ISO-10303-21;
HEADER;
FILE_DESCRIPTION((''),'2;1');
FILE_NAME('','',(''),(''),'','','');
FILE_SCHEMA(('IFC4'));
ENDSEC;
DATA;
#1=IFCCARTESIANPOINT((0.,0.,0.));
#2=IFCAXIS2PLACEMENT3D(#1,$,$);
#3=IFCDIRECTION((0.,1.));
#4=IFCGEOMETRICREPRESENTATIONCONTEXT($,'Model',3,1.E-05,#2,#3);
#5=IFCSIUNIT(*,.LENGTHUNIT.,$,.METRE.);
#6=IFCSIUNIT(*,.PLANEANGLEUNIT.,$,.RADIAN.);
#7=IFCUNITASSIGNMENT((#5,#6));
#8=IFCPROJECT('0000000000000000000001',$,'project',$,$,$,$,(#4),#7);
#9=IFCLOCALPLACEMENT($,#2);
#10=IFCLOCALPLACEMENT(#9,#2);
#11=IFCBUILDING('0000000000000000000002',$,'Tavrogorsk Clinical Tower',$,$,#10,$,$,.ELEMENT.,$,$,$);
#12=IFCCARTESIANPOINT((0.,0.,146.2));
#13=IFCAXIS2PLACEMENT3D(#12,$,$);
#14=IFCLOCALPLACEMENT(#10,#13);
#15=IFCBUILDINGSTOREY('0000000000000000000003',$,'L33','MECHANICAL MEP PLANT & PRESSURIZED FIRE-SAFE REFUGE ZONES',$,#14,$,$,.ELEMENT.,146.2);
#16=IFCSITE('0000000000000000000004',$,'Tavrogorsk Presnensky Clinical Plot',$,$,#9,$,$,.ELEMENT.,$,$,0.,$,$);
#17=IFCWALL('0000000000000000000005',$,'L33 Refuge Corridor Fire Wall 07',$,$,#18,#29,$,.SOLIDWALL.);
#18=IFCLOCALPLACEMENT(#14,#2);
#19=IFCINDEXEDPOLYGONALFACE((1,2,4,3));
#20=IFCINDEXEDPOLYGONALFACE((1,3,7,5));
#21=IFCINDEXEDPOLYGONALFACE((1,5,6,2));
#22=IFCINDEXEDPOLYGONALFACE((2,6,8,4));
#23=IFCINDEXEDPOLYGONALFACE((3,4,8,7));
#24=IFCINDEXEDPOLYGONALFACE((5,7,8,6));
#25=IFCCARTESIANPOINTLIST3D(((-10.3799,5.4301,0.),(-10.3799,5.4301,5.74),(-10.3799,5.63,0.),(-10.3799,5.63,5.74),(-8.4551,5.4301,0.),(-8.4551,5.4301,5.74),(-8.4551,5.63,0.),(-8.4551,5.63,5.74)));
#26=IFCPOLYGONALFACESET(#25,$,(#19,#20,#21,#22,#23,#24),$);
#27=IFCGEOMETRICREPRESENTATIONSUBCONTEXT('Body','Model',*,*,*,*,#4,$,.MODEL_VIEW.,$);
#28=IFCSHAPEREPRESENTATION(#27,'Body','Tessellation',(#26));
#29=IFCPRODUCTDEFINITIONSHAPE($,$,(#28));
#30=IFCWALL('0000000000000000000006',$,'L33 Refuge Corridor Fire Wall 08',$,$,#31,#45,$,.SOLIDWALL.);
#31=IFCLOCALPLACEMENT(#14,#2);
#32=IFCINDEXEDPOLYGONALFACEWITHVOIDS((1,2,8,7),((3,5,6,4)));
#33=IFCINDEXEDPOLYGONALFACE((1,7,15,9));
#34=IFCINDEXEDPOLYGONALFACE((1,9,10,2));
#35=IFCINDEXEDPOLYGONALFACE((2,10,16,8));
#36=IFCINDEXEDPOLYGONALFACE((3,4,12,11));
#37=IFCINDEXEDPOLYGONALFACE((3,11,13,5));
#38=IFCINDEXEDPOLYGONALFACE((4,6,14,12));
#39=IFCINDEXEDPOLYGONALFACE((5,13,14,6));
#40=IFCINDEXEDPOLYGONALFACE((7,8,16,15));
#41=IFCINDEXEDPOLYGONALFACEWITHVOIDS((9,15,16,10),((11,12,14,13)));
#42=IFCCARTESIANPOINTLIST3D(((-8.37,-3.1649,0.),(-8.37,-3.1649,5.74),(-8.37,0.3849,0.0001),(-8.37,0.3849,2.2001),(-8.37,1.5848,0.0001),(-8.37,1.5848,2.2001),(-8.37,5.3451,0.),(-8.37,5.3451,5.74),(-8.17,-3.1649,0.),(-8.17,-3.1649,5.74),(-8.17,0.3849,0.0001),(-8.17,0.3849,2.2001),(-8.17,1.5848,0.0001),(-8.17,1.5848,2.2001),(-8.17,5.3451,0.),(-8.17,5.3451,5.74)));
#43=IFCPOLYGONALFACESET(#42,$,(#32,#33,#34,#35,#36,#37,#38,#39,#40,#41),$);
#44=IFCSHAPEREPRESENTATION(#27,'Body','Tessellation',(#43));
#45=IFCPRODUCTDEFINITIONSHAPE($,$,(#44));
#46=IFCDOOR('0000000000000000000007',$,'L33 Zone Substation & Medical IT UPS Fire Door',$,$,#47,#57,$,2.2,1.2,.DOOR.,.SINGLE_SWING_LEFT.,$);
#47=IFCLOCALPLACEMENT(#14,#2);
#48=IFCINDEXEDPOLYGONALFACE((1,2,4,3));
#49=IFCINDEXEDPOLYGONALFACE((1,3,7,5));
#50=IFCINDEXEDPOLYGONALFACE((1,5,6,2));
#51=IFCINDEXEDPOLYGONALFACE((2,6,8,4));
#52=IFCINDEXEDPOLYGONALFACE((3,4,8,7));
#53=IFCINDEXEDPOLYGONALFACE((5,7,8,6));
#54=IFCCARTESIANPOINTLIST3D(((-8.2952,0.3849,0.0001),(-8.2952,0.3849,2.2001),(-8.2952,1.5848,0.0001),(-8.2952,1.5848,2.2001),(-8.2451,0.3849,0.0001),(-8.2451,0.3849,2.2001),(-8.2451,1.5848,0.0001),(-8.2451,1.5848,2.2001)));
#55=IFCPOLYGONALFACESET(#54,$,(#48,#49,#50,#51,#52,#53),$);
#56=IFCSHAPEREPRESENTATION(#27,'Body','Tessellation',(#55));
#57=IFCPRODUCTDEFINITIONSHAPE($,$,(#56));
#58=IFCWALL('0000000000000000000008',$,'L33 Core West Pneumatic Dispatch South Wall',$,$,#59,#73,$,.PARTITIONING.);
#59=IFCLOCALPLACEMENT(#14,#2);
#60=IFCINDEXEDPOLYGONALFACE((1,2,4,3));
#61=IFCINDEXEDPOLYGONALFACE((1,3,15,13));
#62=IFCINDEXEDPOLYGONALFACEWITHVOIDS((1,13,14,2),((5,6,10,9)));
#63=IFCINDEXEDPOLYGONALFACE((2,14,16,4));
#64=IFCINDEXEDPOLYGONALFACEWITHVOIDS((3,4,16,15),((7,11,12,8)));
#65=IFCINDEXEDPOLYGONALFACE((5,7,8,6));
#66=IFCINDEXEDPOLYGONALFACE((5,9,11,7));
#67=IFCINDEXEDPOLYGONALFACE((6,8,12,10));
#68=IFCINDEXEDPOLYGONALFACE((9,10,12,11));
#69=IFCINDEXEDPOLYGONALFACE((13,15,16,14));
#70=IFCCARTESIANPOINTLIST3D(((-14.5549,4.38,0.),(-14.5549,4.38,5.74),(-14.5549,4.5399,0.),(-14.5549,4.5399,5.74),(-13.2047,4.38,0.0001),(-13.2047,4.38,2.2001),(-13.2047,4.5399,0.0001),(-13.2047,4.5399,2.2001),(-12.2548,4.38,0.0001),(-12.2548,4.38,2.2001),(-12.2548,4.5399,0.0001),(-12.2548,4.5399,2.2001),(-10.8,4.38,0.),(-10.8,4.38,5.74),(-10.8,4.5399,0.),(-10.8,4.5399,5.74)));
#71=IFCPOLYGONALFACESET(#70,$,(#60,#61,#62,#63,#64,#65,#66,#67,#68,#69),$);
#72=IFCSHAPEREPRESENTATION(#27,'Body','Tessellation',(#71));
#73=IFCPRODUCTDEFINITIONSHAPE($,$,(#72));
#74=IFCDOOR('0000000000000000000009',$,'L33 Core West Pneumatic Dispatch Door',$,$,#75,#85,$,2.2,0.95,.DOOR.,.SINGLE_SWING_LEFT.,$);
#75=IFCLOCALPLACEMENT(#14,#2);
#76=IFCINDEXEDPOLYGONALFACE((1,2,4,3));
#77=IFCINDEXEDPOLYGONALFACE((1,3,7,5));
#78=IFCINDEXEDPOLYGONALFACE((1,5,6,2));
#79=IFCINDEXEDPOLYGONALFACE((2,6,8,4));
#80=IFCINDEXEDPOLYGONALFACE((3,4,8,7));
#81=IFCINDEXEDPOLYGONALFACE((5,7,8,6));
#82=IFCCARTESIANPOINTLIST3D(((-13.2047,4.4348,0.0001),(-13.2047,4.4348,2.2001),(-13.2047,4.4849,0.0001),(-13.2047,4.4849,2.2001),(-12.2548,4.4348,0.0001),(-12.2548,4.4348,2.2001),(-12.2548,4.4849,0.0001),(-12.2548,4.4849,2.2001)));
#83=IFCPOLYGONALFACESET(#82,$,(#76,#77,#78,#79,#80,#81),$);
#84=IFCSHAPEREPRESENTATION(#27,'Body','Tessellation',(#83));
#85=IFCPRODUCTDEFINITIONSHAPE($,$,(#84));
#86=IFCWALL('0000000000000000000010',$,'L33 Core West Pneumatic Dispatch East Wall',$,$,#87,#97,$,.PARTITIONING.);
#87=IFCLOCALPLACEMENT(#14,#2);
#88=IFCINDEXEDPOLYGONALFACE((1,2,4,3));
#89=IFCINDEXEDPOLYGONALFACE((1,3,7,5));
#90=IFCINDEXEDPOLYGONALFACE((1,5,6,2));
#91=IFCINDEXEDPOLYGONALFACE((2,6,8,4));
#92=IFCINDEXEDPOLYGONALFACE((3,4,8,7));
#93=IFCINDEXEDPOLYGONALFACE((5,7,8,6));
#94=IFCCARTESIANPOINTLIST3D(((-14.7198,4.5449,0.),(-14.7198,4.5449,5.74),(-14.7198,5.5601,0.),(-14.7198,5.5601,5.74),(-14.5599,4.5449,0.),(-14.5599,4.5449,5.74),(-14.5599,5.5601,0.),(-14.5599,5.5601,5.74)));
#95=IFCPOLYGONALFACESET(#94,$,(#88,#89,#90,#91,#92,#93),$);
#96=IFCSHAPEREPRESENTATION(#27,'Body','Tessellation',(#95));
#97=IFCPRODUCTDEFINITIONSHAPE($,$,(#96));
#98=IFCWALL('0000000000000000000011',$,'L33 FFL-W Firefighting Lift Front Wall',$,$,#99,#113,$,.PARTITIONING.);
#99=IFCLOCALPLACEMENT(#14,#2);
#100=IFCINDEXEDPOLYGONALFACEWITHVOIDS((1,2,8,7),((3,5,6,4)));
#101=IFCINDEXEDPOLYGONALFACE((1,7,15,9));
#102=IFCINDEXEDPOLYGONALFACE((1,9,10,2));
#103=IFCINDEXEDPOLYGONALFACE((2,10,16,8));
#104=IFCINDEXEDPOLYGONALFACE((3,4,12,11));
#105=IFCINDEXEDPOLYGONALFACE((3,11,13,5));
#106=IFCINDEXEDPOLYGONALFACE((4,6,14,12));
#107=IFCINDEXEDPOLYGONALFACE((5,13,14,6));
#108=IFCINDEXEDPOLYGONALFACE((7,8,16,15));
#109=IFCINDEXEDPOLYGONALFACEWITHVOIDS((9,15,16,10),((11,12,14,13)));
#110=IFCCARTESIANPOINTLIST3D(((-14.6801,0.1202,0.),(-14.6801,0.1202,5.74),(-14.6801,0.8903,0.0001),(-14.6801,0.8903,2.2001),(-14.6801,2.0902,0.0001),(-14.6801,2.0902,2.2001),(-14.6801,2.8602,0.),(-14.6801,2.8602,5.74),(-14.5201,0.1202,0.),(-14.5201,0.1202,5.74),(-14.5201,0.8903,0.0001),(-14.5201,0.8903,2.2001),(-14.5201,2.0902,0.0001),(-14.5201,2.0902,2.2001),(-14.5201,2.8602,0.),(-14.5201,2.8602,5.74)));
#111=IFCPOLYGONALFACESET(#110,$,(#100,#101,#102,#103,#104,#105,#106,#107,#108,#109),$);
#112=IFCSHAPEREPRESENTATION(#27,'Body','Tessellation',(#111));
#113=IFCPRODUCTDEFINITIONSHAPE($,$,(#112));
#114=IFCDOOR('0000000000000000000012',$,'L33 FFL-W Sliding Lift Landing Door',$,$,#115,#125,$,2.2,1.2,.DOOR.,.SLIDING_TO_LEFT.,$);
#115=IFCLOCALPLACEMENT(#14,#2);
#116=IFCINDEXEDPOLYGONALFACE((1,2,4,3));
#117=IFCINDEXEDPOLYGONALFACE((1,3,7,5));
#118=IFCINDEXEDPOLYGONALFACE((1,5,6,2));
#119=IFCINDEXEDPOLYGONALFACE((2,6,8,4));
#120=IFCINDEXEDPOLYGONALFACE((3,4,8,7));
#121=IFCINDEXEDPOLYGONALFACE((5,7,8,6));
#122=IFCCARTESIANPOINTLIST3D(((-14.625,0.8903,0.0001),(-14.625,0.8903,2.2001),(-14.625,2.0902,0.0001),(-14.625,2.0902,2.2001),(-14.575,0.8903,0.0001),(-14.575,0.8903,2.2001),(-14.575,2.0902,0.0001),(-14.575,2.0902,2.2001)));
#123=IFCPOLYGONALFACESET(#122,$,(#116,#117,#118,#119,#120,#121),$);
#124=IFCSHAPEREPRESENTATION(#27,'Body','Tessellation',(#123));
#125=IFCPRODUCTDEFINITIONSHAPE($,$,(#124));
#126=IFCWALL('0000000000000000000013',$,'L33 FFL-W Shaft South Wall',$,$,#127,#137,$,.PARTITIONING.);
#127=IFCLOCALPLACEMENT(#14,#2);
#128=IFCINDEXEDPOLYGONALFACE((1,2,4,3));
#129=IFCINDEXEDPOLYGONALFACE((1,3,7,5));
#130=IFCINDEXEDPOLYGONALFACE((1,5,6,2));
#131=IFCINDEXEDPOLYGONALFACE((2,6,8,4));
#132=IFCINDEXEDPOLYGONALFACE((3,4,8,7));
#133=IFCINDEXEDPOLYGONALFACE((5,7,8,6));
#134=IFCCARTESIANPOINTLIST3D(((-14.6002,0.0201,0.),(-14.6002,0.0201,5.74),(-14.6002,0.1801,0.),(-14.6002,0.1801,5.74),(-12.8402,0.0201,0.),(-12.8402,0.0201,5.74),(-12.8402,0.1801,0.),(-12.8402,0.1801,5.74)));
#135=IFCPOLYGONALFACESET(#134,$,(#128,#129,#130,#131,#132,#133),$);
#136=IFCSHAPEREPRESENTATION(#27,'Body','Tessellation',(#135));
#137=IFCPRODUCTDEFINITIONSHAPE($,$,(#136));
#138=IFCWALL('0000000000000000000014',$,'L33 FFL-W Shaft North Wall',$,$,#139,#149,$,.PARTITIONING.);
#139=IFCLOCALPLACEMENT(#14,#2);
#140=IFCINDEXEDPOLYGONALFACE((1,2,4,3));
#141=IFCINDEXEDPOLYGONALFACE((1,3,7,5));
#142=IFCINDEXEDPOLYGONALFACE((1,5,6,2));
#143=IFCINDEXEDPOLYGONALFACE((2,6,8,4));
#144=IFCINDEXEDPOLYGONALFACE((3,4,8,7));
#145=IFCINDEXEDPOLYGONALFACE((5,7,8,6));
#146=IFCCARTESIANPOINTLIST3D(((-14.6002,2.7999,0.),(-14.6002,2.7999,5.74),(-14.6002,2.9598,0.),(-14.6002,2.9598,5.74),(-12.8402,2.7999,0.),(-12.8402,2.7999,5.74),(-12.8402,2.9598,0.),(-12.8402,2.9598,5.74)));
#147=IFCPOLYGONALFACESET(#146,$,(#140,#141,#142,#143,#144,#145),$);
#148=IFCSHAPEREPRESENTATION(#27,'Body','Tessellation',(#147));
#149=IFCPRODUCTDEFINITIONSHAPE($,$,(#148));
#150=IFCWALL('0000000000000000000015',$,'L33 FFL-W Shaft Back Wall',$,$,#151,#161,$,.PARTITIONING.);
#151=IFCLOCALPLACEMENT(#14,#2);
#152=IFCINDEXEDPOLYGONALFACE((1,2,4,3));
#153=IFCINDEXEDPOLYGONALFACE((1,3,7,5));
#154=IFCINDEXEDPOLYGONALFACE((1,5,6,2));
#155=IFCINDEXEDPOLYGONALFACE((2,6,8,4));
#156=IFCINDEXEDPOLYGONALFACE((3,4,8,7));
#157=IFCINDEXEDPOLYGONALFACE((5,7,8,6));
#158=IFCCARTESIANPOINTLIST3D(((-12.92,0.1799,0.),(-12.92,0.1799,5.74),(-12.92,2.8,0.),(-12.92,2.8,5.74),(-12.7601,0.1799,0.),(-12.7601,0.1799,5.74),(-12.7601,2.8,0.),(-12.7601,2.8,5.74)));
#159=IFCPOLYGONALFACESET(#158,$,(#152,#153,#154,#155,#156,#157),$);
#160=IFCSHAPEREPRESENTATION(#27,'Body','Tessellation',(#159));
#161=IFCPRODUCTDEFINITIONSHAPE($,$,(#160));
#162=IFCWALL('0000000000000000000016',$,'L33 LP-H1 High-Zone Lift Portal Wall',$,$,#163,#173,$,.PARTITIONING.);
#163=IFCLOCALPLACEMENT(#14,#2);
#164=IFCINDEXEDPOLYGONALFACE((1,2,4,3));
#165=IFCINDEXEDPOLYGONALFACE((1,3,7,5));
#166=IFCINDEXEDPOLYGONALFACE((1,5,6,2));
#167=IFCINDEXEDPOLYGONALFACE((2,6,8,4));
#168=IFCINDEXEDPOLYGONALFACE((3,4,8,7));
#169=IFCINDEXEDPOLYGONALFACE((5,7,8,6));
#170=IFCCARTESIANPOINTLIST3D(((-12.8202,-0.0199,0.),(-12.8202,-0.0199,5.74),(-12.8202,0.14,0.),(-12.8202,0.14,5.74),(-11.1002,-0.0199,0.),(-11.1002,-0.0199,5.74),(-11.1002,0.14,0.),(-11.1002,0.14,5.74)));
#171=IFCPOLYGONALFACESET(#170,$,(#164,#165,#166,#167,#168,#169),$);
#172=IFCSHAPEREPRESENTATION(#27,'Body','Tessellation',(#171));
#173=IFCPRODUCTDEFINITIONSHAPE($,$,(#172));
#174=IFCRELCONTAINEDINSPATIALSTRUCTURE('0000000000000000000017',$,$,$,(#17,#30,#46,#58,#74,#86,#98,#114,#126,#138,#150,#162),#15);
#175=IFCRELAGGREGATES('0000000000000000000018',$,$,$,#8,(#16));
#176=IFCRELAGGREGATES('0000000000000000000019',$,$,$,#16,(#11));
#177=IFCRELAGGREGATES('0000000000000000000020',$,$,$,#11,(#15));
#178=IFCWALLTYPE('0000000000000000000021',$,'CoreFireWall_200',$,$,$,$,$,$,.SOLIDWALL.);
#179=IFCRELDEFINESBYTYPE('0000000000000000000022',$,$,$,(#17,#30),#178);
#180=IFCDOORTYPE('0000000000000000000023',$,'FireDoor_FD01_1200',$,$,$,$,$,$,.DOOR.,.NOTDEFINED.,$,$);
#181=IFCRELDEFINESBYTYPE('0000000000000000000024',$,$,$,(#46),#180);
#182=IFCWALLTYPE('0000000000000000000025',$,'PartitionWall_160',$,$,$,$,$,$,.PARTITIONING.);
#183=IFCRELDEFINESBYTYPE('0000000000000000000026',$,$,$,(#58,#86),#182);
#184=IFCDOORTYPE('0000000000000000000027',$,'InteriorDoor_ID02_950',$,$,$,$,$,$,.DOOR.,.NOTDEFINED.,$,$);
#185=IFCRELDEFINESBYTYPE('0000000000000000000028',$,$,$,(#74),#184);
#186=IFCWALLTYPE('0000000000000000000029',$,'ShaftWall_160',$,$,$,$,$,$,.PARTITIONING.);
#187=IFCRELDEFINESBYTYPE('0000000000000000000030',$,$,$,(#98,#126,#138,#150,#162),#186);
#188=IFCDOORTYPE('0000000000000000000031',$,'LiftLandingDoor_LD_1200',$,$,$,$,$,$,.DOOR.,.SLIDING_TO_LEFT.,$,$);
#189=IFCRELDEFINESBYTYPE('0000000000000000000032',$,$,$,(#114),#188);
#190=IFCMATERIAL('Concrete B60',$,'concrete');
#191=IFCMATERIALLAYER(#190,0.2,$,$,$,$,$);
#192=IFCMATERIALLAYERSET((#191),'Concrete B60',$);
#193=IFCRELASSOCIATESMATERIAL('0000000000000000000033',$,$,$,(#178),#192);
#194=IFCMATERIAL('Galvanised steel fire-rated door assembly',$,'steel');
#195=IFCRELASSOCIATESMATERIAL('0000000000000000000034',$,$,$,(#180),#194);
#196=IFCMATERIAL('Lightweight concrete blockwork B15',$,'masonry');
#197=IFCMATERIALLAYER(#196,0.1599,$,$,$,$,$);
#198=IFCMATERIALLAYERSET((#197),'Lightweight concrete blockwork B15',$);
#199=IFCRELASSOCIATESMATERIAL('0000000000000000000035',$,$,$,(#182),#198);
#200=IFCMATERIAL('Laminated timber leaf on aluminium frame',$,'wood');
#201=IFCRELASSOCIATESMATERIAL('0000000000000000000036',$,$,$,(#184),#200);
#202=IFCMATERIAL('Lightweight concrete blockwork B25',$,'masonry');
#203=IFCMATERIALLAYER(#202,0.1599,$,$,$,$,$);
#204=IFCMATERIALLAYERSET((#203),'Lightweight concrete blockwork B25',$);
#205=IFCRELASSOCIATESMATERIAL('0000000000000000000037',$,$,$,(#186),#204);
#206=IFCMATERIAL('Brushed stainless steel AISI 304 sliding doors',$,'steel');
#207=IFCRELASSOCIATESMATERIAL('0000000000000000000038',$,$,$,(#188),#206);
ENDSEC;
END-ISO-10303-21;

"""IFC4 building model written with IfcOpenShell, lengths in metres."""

from ifc_helpers import new_model, si_unit, direction, frame, frame_2d, origin, place, context, subcontext, project, spatial, rectangle, extrude, material, layer, layer_set, type_object, element, fill, save


model = new_model("IFC4")

# Units and contexts
model_context = context("Model", 3, precision=1e-05, world=origin(), true_north=direction((0.0, 1.0)))
body_context = subcontext(model_context, "Body", "Model", "MODEL_VIEW")
ifc_project = project(units=[si_unit("LENGTHUNIT", "METRE"), si_unit("PLANEANGLEUNIT", "RADIAN")], contexts=[model_context])

# Site, building, storey
site_placement = place(None, origin())
site = spatial("IfcSite", under=ifc_project, at=site_placement, Name="Tavrogorsk Presnensky Clinical Plot", CompositionType="ELEMENT", RefElevation=0.0)
building_placement = place(site_placement, origin())
building = spatial("IfcBuilding", under=site, at=building_placement, Name="Tavrogorsk Clinical Tower", CompositionType="ELEMENT")
storey_placement = place(building_placement, frame((0.0, 0.0, 146.2)))
storey = spatial("IfcBuildingStorey", under=building, at=storey_placement, Name="L33", Description="MECHANICAL MEP PLANT & PRESSURIZED FIRE-SAFE REFUGE ZONES", CompositionType="ELEMENT", Elevation=146.2)

# Wall
ifc_material_1 = material(Name="Concrete B60", Category="concrete")
ifc_layer_1 = layer(ifc_material_1, 0.2)
ifc_layer_set_1 = layer_set([ifc_layer_1], Name="Concrete B60")
wall_type_1 = type_object("IfcWallType", Name="CoreFireWall_200", PredefinedType="SOLIDWALL", material=ifc_layer_set_1)
wall_1_placement = place(storey_placement, frame((-10.3799, 5.53, 0.0), z_axis=(0.0, 0.0, 1.0), x_axis=(1.0, 0.0, 0.0)))
element("IfcWall", 1, at=wall_1_placement, inside=storey, type_object=wall_type_1, Name="L33 Refuge Corridor Fire Wall 07", PredefinedType="SOLIDWALL", context=body_context, shape_type="SweptSolid", body=[
    extrude(rectangle(XDim=1.9248, YDim=0.2, at=frame_2d((0.9624, 0.0))), origin(), (0.0, 0.0, 1.0), 5.74),
])

# Walls, openings, doors
wall_2_placement = place(storey_placement, frame((-8.27, 5.345, 0.0), z_axis=(0.0, 0.0, 1.0), x_axis=(0.0, -1.0, 0.0)))
wall_2 = element("IfcWall", 2, at=wall_2_placement, inside=storey, type_object=wall_type_1, Name="L33 Refuge Corridor Fire Wall 08", PredefinedType="SOLIDWALL", context=body_context, shape_type="SweptSolid", body=[
    extrude(rectangle(XDim=8.51, YDim=0.2, at=frame_2d((4.2549, 0.0))), origin(), (0.0, 0.0, 1.0), 5.74),
])
opening_1_placement = place(wall_2_placement, frame((3.76, 0.0, 0.0)))
opening_1 = element("IfcOpeningElement", 3, at=opening_1_placement, cuts=wall_2, PredefinedType="OPENING", context=body_context, shape_type="SweptSolid", body=[
    extrude(rectangle(XDim=1.2, YDim=2.2, at=frame_2d((0.6001, 1.1001))), frame((0.0, 0.1099, 0.0), z_axis=(0.0, -1.0, 0.0), x_axis=(1.0, 0.0, 0.0)), (0.0, 0.0, 1.0), 0.22),
])
ifc_material_2 = material(Name="Galvanised steel fire-rated door assembly", Category="steel")
door_type_1 = type_object("IfcDoorType", Name="FireDoor_FD01_1200", OperationType="NOTDEFINED", PredefinedType="DOOR", material=ifc_material_2)
door_1_placement = place(opening_1_placement, origin())
door_1 = element("IfcDoor", 4, at=door_1_placement, inside=storey, type_object=door_type_1, Name="L33 Zone Substation & Medical IT UPS Fire Door", OperationType="SINGLE_SWING_LEFT", OverallHeight=2.2, OverallWidth=1.2, PredefinedType="DOOR", context=body_context, shape_type="SweptSolid", body=[
    extrude(rectangle(XDim=1.2, YDim=2.2, at=frame_2d((0.6001, 1.1001))), frame((0.0, 0.0249, 0.0), z_axis=(0.0, -1.0, 0.0), x_axis=(1.0, 0.0, 0.0)), (0.0, 0.0, 1.0), 0.05),
])
fill(opening_1, door_1)
ifc_material_3 = material(Name="Lightweight concrete blockwork B15", Category="masonry")
ifc_layer_2 = layer(ifc_material_3, 0.1599)
ifc_layer_set_2 = layer_set([ifc_layer_2], Name="Lightweight concrete blockwork B15")
wall_type_2 = type_object("IfcWallType", Name="PartitionWall_160", PredefinedType="PARTITIONING", material=ifc_layer_set_2)
wall_3_placement = place(storey_placement, frame((-14.5549, 4.46, 0.0), z_axis=(0.0, 0.0, 1.0), x_axis=(1.0, 0.0, 0.0)))
wall_3 = element("IfcWall", 5, at=wall_3_placement, inside=storey, type_object=wall_type_2, Name="L33 Core West Pneumatic Dispatch South Wall", PredefinedType="PARTITIONING", context=body_context, shape_type="SweptSolid", body=[
    extrude(rectangle(XDim=3.7549, YDim=0.1599, at=frame_2d((1.8774, 0.0))), origin(), (0.0, 0.0, 1.0), 5.74),
])
opening_2_placement = place(wall_3_placement, frame((1.3501, 0.0, 0.0)))
opening_2 = element("IfcOpeningElement", 6, at=opening_2_placement, cuts=wall_3, PredefinedType="OPENING", context=body_context, shape_type="SweptSolid", body=[
    extrude(rectangle(XDim=0.95, YDim=2.2, at=frame_2d((0.4751, 1.1001))), frame((0.0, 0.0898, 0.0), z_axis=(0.0, -1.0, 0.0), x_axis=(1.0, 0.0, 0.0)), (0.0, 0.0, 1.0), 0.1799),
])
ifc_material_4 = material(Name="Laminated timber leaf on aluminium frame", Category="wood")
door_type_2 = type_object("IfcDoorType", Name="InteriorDoor_ID02_950", OperationType="NOTDEFINED", PredefinedType="DOOR", material=ifc_material_4)
door_2_placement = place(opening_2_placement, origin())
door_2 = element("IfcDoor", 7, at=door_2_placement, inside=storey, type_object=door_type_2, Name="L33 Core West Pneumatic Dispatch Door", OperationType="SINGLE_SWING_LEFT", OverallHeight=2.2, OverallWidth=0.95, PredefinedType="DOOR", context=body_context, shape_type="SweptSolid", body=[
    extrude(rectangle(XDim=0.95, YDim=2.2, at=frame_2d((0.4751, 1.1001))), frame((0.0, 0.0249, 0.0), z_axis=(0.0, -1.0, 0.0), x_axis=(1.0, 0.0, 0.0)), (0.0, 0.0, 1.0), 0.05),
])
fill(opening_2, door_2)

# Wall
wall_4_placement = place(storey_placement, frame((-14.6399, 4.5449, 0.0), z_axis=(0.0, 0.0, 1.0), x_axis=(0.0, 1.0, 0.0)))
element("IfcWall", 8, at=wall_4_placement, inside=storey, type_object=wall_type_2, Name="L33 Core West Pneumatic Dispatch East Wall", PredefinedType="PARTITIONING", context=body_context, shape_type="SweptSolid", body=[
    extrude(rectangle(XDim=1.0151, YDim=0.1599, at=frame_2d((0.5076, 0.0))), origin(), (0.0, 0.0, 1.0), 5.74),
])

# Wall, opening, door
ifc_material_5 = material(Name="Lightweight concrete blockwork B25", Category="masonry")
ifc_layer_3 = layer(ifc_material_5, 0.1599)
ifc_layer_set_3 = layer_set([ifc_layer_3], Name="Lightweight concrete blockwork B25")
wall_type_3 = type_object("IfcWallType", Name="ShaftWall_160", PredefinedType="PARTITIONING", material=ifc_layer_set_3)
wall_5_placement = place(storey_placement, frame((-14.6001, 0.1201, 0.0), z_axis=(0.0, 0.0, 1.0), x_axis=(0.0, 1.0, 0.0)))
wall_5 = element("IfcWall", 9, at=wall_5_placement, inside=storey, type_object=wall_type_3, Name="L33 FFL-W Firefighting Lift Front Wall", PredefinedType="PARTITIONING", context=body_context, shape_type="SweptSolid", body=[
    extrude(rectangle(XDim=2.74, YDim=0.1599, at=frame_2d((1.3701, 0.0))), origin(), (0.0, 0.0, 1.0), 5.74),
])
opening_3_placement = place(wall_5_placement, frame((0.77, 0.0, 0.0)))
opening_3 = element("IfcOpeningElement", 10, at=opening_3_placement, cuts=wall_5, PredefinedType="OPENING", context=body_context, shape_type="SweptSolid", body=[
    extrude(rectangle(XDim=1.2, YDim=2.2, at=frame_2d((0.6001, 1.1001))), frame((0.0, 0.0898, 0.0), z_axis=(0.0, -1.0, 0.0), x_axis=(1.0, 0.0, 0.0)), (0.0, 0.0, 1.0), 0.1799),
])
ifc_material_6 = material(Name="Brushed stainless steel AISI 304 sliding doors", Category="steel")
door_type_3 = type_object("IfcDoorType", Name="LiftLandingDoor_LD_1200", OperationType="SLIDING_TO_LEFT", PredefinedType="DOOR", material=ifc_material_6)
door_3_placement = place(opening_3_placement, origin())
door_3 = element("IfcDoor", 11, at=door_3_placement, inside=storey, type_object=door_type_3, Name="L33 FFL-W Sliding Lift Landing Door", OperationType="SLIDING_TO_LEFT", OverallHeight=2.2, OverallWidth=1.2, PredefinedType="DOOR", context=body_context, shape_type="SweptSolid", body=[
    extrude(rectangle(XDim=1.2, YDim=2.2, at=frame_2d((0.6001, 1.1001))), frame((0.0, 0.0249, 0.0), z_axis=(0.0, -1.0, 0.0), x_axis=(1.0, 0.0, 0.0)), (0.0, 0.0, 1.0), 0.05),
])
fill(opening_3, door_3)

# Walls
for number, where, z_axis, x_axis, name in (
    (12, (-14.6001, 0.1001, 0.0), (0.0, 0.0, 1.0), (1.0, 0.0, 0.0), "L33 FFL-W Shaft South Wall"),
    (13, (-14.6001, 2.8799, 0.0), (0.0, 0.0, 1.0), (1.0, 0.0, 0.0), "L33 FFL-W Shaft North Wall"),
):
    element("IfcWall", number, at=place(storey_placement, frame(where, z_axis=z_axis, x_axis=x_axis)), inside=storey, type_object=wall_type_3, Name=name, PredefinedType="PARTITIONING", context=body_context, shape_type="SweptSolid", body=[
        extrude(rectangle(XDim=1.76, YDim=0.1599, at=frame_2d((0.8799, 0.0))), origin(), (0.0, 0.0, 1.0), 5.74),
    ])
wall_6_placement = place(storey_placement, frame((-12.8401, 0.1799, 0.0), z_axis=(0.0, 0.0, 1.0), x_axis=(0.0, 1.0, 0.0)))
element("IfcWall", 14, at=wall_6_placement, inside=storey, type_object=wall_type_3, Name="L33 FFL-W Shaft Back Wall", PredefinedType="PARTITIONING", context=body_context, shape_type="SweptSolid", body=[
    extrude(rectangle(XDim=2.6201, YDim=0.1599, at=frame_2d((1.3101, 0.0))), origin(), (0.0, 0.0, 1.0), 5.74),
])
for number, where, z_axis, x_axis, name in (
    (15, (-12.8201, 0.0601, 0.0), (0.0, 0.0, 1.0), (1.0, 0.0, 0.0), "L33 LP-H1 High-Zone Lift Portal Wall"),
):
    element("IfcWall", number, at=place(storey_placement, frame(where, z_axis=z_axis, x_axis=x_axis)), inside=storey, type_object=wall_type_3, Name=name, PredefinedType="PARTITIONING", context=body_context, shape_type="SweptSolid", body=[
        extrude(rectangle(XDim=1.72, YDim=0.1599, at=frame_2d((0.8599, 0.0))), origin(), (0.0, 0.0, 1.0), 5.74),
    ])

save(model, "model.ifc")
